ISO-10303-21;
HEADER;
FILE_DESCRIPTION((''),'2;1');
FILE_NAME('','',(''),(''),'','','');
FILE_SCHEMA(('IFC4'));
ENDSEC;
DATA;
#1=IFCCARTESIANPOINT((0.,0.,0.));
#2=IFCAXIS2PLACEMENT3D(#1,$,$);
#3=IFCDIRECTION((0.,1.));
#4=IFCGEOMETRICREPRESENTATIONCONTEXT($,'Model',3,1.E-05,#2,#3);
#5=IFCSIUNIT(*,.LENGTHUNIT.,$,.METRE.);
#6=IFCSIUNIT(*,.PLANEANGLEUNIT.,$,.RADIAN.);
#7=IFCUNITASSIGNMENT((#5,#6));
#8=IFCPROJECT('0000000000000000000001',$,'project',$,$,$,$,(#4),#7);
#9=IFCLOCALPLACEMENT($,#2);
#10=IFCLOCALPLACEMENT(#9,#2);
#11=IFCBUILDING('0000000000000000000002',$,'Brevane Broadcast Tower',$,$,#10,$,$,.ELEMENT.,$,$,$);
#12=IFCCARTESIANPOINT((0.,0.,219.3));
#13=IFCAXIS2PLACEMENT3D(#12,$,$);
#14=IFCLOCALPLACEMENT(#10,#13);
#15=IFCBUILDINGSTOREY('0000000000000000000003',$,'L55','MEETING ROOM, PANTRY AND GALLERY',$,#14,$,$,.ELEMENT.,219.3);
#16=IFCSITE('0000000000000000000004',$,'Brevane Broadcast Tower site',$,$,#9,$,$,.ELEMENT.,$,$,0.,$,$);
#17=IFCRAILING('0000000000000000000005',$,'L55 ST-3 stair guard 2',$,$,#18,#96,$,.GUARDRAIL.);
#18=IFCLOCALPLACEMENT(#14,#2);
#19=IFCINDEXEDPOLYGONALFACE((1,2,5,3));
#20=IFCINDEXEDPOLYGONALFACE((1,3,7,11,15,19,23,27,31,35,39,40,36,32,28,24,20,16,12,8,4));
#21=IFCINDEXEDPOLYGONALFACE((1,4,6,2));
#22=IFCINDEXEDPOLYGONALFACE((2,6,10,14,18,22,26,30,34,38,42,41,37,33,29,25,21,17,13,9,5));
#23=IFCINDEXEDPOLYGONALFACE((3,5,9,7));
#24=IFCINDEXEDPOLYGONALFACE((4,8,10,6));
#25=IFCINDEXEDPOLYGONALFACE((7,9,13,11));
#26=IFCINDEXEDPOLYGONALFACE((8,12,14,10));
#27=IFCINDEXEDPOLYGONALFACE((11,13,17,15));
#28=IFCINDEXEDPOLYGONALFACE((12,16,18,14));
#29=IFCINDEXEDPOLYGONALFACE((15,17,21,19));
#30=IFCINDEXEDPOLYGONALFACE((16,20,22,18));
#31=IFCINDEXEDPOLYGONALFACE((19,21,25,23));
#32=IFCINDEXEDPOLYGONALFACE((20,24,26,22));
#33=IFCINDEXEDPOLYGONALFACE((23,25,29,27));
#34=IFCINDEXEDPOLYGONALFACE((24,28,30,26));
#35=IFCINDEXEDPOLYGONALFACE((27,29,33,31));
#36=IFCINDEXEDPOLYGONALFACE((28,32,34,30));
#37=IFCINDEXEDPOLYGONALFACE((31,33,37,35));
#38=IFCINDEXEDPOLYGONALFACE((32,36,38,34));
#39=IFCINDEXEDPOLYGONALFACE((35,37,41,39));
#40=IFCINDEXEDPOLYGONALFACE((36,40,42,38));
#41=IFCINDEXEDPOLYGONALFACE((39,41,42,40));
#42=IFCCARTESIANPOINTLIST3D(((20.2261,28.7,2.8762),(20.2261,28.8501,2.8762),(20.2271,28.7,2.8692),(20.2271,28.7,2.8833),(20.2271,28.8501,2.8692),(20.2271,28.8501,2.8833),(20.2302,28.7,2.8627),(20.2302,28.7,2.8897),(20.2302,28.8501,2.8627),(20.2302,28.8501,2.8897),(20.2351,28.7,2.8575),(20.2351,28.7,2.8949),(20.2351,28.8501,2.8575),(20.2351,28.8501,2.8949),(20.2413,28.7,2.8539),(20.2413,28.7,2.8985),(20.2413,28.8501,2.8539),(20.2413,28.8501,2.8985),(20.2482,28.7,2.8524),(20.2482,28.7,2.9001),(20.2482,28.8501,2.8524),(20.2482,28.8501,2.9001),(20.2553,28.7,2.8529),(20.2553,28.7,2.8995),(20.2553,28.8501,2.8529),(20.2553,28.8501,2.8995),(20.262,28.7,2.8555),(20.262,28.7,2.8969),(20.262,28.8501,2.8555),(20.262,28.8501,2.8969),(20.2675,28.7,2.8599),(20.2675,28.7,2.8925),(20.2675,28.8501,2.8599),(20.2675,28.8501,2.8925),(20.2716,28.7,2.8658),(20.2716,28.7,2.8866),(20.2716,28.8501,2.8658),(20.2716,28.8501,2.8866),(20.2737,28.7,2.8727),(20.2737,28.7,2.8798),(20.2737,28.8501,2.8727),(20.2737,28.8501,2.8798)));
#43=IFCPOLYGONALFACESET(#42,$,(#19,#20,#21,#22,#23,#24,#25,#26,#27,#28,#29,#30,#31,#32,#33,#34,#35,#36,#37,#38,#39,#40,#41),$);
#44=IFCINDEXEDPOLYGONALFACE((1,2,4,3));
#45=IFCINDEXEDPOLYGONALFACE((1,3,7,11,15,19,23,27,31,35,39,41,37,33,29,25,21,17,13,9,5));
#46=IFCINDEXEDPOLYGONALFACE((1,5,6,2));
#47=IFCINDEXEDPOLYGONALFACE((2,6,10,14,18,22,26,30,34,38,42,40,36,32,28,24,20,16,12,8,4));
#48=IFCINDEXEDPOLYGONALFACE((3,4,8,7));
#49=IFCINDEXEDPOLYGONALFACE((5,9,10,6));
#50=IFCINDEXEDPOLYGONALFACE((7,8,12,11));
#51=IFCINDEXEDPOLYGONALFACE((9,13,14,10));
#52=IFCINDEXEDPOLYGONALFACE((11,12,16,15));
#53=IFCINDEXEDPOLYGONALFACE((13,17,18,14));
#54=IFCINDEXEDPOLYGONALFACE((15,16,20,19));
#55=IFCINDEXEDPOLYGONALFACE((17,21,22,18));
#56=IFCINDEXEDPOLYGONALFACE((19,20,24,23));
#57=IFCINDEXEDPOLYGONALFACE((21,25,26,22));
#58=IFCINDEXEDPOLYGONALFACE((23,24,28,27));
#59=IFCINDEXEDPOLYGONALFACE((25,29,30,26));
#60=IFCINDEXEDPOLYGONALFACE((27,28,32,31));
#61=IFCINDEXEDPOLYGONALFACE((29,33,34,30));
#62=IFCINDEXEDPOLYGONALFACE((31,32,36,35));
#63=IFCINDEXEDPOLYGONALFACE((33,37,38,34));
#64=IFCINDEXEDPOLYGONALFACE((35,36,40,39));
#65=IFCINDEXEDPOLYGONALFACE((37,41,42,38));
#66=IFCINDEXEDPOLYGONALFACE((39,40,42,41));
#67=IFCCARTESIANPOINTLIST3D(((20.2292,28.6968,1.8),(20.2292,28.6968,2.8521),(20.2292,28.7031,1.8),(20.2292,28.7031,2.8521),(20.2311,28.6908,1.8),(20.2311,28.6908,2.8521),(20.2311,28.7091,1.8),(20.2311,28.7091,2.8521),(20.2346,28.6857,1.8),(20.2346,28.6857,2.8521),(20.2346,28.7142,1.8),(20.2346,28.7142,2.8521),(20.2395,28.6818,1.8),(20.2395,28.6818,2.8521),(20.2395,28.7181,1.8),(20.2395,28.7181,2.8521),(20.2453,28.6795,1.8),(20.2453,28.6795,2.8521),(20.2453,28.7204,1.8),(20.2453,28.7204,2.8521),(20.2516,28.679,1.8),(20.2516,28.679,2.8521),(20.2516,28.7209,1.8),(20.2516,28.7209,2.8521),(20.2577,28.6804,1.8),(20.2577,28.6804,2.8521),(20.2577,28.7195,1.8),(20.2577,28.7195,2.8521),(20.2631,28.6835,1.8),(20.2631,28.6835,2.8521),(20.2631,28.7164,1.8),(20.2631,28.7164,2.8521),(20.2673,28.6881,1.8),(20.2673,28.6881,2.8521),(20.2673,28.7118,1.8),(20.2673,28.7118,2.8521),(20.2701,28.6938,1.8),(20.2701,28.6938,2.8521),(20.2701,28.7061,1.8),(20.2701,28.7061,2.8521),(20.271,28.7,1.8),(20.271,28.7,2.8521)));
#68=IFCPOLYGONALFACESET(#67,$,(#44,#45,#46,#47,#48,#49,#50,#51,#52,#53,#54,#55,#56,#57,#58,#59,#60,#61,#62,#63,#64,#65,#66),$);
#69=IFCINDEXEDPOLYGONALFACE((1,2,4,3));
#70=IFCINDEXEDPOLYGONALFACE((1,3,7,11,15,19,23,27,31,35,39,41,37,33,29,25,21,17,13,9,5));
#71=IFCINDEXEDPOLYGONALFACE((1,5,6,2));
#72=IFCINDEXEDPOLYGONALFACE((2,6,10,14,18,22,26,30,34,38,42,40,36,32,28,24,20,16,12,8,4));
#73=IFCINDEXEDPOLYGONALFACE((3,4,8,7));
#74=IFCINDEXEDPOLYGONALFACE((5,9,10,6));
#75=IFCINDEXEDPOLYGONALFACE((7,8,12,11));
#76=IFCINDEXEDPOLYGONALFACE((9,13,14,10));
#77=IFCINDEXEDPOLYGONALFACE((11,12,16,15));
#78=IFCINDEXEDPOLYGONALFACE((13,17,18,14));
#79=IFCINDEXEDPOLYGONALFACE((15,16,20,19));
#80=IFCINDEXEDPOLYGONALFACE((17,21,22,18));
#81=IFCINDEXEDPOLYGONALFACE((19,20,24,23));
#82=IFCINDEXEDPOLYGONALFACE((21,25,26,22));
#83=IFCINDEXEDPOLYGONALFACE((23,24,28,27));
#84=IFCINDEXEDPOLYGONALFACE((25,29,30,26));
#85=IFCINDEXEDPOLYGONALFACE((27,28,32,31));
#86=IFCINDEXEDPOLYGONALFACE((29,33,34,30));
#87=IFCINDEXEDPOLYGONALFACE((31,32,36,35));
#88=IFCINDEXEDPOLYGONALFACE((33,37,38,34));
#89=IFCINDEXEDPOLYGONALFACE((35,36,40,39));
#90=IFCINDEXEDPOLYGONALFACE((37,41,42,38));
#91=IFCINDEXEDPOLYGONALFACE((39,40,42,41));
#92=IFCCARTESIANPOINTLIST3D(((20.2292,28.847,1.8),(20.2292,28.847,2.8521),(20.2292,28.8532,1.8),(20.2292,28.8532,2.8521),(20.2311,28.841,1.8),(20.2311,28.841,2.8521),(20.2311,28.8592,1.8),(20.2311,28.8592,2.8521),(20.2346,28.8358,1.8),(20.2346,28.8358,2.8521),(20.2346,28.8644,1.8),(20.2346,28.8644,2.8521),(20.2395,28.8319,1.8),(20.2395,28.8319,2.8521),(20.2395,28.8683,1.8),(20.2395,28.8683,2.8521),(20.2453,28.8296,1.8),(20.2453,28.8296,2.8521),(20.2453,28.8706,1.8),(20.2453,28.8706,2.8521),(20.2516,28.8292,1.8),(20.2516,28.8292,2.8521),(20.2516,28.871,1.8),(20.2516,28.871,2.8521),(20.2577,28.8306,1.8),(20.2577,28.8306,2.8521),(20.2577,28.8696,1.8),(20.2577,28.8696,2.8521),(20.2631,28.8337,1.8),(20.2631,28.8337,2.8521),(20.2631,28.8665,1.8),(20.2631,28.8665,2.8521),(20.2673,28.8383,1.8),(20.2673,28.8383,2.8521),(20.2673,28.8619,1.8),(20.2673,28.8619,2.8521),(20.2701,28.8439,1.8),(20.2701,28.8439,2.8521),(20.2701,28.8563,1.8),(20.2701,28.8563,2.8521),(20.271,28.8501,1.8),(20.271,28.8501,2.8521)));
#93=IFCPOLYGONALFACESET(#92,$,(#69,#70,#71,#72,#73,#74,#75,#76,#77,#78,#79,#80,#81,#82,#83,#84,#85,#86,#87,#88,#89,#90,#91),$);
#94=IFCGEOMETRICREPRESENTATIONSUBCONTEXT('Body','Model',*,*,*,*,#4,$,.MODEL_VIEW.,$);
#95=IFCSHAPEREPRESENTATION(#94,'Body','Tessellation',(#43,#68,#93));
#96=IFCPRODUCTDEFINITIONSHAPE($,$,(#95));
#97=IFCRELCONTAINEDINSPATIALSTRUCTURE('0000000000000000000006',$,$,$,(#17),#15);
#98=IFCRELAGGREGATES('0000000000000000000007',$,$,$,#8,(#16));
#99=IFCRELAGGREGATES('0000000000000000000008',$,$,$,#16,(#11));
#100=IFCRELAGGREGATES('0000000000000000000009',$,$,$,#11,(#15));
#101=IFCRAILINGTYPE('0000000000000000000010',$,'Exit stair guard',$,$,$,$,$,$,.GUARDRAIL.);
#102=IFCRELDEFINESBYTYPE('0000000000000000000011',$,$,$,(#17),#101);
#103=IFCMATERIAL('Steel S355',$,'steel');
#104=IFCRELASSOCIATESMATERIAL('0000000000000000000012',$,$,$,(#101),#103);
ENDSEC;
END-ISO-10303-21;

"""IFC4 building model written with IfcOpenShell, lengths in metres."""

from ifc_helpers import new_model, si_unit, direction, frame, origin, origin_2d, place, context, subcontext, project, spatial, circle, extrude, material, type_object, element, save


model = new_model("IFC4")

# Units and contexts
model_context = context("Model", 3, precision=1e-05, world=origin(), true_north=direction((0.0, 1.0)))
body_context = subcontext(model_context, "Body", "Model", "MODEL_VIEW")
ifc_project = project(units=[si_unit("LENGTHUNIT", "METRE"), si_unit("PLANEANGLEUNIT", "RADIAN")], contexts=[model_context])

# Site, building, storey
site_placement = place(None, origin())
site = spatial("IfcSite", under=ifc_project, at=site_placement, Name="Brevane Broadcast Tower site", CompositionType="ELEMENT", RefElevation=0.0)
building_placement = place(site_placement, origin())
building = spatial("IfcBuilding", under=site, at=building_placement, Name="Brevane Broadcast Tower", CompositionType="ELEMENT")
storey_placement = place(building_placement, frame((0.0, 0.0, 219.3)))
storey = spatial("IfcBuildingStorey", under=building, at=storey_placement, Name="L55", Description="MEETING ROOM, PANTRY AND GALLERY", CompositionType="ELEMENT", Elevation=219.3)

# Railing
ifc_material_1 = material(Name="Steel S355", Category="steel")
railing_type_1 = type_object("IfcRailingType", Name="Exit stair guard", PredefinedType="GUARDRAIL", material=ifc_material_1)
railing_1_placement = place(storey_placement, frame((20.25, 28.7, 1.8)))
element("IfcRailing", 1, at=railing_1_placement, inside=storey, type_object=railing_type_1, Name="L55 ST-3 stair guard 2", PredefinedType="GUARDRAIL", context=body_context, shape_type="SweptSolid", body=[
    extrude(circle(Radius=0.0239, at=origin_2d()), frame((0.0, 0.0, 1.0762), z_axis=(0.0, 1.0, 0.0), x_axis=(-1.0, 0.0, 0.0)), (0.0, 0.0, 1.0), 0.1501),
    extrude(circle(Radius=0.021, at=origin_2d()), origin(), (0.0, 0.0, 1.0), 1.052),
    extrude(circle(Radius=0.021, at=origin_2d()), frame((0.0, 0.1501, 0.0)), (0.0, 0.0, 1.0), 1.052),
])

save(model, "model.ifc")
